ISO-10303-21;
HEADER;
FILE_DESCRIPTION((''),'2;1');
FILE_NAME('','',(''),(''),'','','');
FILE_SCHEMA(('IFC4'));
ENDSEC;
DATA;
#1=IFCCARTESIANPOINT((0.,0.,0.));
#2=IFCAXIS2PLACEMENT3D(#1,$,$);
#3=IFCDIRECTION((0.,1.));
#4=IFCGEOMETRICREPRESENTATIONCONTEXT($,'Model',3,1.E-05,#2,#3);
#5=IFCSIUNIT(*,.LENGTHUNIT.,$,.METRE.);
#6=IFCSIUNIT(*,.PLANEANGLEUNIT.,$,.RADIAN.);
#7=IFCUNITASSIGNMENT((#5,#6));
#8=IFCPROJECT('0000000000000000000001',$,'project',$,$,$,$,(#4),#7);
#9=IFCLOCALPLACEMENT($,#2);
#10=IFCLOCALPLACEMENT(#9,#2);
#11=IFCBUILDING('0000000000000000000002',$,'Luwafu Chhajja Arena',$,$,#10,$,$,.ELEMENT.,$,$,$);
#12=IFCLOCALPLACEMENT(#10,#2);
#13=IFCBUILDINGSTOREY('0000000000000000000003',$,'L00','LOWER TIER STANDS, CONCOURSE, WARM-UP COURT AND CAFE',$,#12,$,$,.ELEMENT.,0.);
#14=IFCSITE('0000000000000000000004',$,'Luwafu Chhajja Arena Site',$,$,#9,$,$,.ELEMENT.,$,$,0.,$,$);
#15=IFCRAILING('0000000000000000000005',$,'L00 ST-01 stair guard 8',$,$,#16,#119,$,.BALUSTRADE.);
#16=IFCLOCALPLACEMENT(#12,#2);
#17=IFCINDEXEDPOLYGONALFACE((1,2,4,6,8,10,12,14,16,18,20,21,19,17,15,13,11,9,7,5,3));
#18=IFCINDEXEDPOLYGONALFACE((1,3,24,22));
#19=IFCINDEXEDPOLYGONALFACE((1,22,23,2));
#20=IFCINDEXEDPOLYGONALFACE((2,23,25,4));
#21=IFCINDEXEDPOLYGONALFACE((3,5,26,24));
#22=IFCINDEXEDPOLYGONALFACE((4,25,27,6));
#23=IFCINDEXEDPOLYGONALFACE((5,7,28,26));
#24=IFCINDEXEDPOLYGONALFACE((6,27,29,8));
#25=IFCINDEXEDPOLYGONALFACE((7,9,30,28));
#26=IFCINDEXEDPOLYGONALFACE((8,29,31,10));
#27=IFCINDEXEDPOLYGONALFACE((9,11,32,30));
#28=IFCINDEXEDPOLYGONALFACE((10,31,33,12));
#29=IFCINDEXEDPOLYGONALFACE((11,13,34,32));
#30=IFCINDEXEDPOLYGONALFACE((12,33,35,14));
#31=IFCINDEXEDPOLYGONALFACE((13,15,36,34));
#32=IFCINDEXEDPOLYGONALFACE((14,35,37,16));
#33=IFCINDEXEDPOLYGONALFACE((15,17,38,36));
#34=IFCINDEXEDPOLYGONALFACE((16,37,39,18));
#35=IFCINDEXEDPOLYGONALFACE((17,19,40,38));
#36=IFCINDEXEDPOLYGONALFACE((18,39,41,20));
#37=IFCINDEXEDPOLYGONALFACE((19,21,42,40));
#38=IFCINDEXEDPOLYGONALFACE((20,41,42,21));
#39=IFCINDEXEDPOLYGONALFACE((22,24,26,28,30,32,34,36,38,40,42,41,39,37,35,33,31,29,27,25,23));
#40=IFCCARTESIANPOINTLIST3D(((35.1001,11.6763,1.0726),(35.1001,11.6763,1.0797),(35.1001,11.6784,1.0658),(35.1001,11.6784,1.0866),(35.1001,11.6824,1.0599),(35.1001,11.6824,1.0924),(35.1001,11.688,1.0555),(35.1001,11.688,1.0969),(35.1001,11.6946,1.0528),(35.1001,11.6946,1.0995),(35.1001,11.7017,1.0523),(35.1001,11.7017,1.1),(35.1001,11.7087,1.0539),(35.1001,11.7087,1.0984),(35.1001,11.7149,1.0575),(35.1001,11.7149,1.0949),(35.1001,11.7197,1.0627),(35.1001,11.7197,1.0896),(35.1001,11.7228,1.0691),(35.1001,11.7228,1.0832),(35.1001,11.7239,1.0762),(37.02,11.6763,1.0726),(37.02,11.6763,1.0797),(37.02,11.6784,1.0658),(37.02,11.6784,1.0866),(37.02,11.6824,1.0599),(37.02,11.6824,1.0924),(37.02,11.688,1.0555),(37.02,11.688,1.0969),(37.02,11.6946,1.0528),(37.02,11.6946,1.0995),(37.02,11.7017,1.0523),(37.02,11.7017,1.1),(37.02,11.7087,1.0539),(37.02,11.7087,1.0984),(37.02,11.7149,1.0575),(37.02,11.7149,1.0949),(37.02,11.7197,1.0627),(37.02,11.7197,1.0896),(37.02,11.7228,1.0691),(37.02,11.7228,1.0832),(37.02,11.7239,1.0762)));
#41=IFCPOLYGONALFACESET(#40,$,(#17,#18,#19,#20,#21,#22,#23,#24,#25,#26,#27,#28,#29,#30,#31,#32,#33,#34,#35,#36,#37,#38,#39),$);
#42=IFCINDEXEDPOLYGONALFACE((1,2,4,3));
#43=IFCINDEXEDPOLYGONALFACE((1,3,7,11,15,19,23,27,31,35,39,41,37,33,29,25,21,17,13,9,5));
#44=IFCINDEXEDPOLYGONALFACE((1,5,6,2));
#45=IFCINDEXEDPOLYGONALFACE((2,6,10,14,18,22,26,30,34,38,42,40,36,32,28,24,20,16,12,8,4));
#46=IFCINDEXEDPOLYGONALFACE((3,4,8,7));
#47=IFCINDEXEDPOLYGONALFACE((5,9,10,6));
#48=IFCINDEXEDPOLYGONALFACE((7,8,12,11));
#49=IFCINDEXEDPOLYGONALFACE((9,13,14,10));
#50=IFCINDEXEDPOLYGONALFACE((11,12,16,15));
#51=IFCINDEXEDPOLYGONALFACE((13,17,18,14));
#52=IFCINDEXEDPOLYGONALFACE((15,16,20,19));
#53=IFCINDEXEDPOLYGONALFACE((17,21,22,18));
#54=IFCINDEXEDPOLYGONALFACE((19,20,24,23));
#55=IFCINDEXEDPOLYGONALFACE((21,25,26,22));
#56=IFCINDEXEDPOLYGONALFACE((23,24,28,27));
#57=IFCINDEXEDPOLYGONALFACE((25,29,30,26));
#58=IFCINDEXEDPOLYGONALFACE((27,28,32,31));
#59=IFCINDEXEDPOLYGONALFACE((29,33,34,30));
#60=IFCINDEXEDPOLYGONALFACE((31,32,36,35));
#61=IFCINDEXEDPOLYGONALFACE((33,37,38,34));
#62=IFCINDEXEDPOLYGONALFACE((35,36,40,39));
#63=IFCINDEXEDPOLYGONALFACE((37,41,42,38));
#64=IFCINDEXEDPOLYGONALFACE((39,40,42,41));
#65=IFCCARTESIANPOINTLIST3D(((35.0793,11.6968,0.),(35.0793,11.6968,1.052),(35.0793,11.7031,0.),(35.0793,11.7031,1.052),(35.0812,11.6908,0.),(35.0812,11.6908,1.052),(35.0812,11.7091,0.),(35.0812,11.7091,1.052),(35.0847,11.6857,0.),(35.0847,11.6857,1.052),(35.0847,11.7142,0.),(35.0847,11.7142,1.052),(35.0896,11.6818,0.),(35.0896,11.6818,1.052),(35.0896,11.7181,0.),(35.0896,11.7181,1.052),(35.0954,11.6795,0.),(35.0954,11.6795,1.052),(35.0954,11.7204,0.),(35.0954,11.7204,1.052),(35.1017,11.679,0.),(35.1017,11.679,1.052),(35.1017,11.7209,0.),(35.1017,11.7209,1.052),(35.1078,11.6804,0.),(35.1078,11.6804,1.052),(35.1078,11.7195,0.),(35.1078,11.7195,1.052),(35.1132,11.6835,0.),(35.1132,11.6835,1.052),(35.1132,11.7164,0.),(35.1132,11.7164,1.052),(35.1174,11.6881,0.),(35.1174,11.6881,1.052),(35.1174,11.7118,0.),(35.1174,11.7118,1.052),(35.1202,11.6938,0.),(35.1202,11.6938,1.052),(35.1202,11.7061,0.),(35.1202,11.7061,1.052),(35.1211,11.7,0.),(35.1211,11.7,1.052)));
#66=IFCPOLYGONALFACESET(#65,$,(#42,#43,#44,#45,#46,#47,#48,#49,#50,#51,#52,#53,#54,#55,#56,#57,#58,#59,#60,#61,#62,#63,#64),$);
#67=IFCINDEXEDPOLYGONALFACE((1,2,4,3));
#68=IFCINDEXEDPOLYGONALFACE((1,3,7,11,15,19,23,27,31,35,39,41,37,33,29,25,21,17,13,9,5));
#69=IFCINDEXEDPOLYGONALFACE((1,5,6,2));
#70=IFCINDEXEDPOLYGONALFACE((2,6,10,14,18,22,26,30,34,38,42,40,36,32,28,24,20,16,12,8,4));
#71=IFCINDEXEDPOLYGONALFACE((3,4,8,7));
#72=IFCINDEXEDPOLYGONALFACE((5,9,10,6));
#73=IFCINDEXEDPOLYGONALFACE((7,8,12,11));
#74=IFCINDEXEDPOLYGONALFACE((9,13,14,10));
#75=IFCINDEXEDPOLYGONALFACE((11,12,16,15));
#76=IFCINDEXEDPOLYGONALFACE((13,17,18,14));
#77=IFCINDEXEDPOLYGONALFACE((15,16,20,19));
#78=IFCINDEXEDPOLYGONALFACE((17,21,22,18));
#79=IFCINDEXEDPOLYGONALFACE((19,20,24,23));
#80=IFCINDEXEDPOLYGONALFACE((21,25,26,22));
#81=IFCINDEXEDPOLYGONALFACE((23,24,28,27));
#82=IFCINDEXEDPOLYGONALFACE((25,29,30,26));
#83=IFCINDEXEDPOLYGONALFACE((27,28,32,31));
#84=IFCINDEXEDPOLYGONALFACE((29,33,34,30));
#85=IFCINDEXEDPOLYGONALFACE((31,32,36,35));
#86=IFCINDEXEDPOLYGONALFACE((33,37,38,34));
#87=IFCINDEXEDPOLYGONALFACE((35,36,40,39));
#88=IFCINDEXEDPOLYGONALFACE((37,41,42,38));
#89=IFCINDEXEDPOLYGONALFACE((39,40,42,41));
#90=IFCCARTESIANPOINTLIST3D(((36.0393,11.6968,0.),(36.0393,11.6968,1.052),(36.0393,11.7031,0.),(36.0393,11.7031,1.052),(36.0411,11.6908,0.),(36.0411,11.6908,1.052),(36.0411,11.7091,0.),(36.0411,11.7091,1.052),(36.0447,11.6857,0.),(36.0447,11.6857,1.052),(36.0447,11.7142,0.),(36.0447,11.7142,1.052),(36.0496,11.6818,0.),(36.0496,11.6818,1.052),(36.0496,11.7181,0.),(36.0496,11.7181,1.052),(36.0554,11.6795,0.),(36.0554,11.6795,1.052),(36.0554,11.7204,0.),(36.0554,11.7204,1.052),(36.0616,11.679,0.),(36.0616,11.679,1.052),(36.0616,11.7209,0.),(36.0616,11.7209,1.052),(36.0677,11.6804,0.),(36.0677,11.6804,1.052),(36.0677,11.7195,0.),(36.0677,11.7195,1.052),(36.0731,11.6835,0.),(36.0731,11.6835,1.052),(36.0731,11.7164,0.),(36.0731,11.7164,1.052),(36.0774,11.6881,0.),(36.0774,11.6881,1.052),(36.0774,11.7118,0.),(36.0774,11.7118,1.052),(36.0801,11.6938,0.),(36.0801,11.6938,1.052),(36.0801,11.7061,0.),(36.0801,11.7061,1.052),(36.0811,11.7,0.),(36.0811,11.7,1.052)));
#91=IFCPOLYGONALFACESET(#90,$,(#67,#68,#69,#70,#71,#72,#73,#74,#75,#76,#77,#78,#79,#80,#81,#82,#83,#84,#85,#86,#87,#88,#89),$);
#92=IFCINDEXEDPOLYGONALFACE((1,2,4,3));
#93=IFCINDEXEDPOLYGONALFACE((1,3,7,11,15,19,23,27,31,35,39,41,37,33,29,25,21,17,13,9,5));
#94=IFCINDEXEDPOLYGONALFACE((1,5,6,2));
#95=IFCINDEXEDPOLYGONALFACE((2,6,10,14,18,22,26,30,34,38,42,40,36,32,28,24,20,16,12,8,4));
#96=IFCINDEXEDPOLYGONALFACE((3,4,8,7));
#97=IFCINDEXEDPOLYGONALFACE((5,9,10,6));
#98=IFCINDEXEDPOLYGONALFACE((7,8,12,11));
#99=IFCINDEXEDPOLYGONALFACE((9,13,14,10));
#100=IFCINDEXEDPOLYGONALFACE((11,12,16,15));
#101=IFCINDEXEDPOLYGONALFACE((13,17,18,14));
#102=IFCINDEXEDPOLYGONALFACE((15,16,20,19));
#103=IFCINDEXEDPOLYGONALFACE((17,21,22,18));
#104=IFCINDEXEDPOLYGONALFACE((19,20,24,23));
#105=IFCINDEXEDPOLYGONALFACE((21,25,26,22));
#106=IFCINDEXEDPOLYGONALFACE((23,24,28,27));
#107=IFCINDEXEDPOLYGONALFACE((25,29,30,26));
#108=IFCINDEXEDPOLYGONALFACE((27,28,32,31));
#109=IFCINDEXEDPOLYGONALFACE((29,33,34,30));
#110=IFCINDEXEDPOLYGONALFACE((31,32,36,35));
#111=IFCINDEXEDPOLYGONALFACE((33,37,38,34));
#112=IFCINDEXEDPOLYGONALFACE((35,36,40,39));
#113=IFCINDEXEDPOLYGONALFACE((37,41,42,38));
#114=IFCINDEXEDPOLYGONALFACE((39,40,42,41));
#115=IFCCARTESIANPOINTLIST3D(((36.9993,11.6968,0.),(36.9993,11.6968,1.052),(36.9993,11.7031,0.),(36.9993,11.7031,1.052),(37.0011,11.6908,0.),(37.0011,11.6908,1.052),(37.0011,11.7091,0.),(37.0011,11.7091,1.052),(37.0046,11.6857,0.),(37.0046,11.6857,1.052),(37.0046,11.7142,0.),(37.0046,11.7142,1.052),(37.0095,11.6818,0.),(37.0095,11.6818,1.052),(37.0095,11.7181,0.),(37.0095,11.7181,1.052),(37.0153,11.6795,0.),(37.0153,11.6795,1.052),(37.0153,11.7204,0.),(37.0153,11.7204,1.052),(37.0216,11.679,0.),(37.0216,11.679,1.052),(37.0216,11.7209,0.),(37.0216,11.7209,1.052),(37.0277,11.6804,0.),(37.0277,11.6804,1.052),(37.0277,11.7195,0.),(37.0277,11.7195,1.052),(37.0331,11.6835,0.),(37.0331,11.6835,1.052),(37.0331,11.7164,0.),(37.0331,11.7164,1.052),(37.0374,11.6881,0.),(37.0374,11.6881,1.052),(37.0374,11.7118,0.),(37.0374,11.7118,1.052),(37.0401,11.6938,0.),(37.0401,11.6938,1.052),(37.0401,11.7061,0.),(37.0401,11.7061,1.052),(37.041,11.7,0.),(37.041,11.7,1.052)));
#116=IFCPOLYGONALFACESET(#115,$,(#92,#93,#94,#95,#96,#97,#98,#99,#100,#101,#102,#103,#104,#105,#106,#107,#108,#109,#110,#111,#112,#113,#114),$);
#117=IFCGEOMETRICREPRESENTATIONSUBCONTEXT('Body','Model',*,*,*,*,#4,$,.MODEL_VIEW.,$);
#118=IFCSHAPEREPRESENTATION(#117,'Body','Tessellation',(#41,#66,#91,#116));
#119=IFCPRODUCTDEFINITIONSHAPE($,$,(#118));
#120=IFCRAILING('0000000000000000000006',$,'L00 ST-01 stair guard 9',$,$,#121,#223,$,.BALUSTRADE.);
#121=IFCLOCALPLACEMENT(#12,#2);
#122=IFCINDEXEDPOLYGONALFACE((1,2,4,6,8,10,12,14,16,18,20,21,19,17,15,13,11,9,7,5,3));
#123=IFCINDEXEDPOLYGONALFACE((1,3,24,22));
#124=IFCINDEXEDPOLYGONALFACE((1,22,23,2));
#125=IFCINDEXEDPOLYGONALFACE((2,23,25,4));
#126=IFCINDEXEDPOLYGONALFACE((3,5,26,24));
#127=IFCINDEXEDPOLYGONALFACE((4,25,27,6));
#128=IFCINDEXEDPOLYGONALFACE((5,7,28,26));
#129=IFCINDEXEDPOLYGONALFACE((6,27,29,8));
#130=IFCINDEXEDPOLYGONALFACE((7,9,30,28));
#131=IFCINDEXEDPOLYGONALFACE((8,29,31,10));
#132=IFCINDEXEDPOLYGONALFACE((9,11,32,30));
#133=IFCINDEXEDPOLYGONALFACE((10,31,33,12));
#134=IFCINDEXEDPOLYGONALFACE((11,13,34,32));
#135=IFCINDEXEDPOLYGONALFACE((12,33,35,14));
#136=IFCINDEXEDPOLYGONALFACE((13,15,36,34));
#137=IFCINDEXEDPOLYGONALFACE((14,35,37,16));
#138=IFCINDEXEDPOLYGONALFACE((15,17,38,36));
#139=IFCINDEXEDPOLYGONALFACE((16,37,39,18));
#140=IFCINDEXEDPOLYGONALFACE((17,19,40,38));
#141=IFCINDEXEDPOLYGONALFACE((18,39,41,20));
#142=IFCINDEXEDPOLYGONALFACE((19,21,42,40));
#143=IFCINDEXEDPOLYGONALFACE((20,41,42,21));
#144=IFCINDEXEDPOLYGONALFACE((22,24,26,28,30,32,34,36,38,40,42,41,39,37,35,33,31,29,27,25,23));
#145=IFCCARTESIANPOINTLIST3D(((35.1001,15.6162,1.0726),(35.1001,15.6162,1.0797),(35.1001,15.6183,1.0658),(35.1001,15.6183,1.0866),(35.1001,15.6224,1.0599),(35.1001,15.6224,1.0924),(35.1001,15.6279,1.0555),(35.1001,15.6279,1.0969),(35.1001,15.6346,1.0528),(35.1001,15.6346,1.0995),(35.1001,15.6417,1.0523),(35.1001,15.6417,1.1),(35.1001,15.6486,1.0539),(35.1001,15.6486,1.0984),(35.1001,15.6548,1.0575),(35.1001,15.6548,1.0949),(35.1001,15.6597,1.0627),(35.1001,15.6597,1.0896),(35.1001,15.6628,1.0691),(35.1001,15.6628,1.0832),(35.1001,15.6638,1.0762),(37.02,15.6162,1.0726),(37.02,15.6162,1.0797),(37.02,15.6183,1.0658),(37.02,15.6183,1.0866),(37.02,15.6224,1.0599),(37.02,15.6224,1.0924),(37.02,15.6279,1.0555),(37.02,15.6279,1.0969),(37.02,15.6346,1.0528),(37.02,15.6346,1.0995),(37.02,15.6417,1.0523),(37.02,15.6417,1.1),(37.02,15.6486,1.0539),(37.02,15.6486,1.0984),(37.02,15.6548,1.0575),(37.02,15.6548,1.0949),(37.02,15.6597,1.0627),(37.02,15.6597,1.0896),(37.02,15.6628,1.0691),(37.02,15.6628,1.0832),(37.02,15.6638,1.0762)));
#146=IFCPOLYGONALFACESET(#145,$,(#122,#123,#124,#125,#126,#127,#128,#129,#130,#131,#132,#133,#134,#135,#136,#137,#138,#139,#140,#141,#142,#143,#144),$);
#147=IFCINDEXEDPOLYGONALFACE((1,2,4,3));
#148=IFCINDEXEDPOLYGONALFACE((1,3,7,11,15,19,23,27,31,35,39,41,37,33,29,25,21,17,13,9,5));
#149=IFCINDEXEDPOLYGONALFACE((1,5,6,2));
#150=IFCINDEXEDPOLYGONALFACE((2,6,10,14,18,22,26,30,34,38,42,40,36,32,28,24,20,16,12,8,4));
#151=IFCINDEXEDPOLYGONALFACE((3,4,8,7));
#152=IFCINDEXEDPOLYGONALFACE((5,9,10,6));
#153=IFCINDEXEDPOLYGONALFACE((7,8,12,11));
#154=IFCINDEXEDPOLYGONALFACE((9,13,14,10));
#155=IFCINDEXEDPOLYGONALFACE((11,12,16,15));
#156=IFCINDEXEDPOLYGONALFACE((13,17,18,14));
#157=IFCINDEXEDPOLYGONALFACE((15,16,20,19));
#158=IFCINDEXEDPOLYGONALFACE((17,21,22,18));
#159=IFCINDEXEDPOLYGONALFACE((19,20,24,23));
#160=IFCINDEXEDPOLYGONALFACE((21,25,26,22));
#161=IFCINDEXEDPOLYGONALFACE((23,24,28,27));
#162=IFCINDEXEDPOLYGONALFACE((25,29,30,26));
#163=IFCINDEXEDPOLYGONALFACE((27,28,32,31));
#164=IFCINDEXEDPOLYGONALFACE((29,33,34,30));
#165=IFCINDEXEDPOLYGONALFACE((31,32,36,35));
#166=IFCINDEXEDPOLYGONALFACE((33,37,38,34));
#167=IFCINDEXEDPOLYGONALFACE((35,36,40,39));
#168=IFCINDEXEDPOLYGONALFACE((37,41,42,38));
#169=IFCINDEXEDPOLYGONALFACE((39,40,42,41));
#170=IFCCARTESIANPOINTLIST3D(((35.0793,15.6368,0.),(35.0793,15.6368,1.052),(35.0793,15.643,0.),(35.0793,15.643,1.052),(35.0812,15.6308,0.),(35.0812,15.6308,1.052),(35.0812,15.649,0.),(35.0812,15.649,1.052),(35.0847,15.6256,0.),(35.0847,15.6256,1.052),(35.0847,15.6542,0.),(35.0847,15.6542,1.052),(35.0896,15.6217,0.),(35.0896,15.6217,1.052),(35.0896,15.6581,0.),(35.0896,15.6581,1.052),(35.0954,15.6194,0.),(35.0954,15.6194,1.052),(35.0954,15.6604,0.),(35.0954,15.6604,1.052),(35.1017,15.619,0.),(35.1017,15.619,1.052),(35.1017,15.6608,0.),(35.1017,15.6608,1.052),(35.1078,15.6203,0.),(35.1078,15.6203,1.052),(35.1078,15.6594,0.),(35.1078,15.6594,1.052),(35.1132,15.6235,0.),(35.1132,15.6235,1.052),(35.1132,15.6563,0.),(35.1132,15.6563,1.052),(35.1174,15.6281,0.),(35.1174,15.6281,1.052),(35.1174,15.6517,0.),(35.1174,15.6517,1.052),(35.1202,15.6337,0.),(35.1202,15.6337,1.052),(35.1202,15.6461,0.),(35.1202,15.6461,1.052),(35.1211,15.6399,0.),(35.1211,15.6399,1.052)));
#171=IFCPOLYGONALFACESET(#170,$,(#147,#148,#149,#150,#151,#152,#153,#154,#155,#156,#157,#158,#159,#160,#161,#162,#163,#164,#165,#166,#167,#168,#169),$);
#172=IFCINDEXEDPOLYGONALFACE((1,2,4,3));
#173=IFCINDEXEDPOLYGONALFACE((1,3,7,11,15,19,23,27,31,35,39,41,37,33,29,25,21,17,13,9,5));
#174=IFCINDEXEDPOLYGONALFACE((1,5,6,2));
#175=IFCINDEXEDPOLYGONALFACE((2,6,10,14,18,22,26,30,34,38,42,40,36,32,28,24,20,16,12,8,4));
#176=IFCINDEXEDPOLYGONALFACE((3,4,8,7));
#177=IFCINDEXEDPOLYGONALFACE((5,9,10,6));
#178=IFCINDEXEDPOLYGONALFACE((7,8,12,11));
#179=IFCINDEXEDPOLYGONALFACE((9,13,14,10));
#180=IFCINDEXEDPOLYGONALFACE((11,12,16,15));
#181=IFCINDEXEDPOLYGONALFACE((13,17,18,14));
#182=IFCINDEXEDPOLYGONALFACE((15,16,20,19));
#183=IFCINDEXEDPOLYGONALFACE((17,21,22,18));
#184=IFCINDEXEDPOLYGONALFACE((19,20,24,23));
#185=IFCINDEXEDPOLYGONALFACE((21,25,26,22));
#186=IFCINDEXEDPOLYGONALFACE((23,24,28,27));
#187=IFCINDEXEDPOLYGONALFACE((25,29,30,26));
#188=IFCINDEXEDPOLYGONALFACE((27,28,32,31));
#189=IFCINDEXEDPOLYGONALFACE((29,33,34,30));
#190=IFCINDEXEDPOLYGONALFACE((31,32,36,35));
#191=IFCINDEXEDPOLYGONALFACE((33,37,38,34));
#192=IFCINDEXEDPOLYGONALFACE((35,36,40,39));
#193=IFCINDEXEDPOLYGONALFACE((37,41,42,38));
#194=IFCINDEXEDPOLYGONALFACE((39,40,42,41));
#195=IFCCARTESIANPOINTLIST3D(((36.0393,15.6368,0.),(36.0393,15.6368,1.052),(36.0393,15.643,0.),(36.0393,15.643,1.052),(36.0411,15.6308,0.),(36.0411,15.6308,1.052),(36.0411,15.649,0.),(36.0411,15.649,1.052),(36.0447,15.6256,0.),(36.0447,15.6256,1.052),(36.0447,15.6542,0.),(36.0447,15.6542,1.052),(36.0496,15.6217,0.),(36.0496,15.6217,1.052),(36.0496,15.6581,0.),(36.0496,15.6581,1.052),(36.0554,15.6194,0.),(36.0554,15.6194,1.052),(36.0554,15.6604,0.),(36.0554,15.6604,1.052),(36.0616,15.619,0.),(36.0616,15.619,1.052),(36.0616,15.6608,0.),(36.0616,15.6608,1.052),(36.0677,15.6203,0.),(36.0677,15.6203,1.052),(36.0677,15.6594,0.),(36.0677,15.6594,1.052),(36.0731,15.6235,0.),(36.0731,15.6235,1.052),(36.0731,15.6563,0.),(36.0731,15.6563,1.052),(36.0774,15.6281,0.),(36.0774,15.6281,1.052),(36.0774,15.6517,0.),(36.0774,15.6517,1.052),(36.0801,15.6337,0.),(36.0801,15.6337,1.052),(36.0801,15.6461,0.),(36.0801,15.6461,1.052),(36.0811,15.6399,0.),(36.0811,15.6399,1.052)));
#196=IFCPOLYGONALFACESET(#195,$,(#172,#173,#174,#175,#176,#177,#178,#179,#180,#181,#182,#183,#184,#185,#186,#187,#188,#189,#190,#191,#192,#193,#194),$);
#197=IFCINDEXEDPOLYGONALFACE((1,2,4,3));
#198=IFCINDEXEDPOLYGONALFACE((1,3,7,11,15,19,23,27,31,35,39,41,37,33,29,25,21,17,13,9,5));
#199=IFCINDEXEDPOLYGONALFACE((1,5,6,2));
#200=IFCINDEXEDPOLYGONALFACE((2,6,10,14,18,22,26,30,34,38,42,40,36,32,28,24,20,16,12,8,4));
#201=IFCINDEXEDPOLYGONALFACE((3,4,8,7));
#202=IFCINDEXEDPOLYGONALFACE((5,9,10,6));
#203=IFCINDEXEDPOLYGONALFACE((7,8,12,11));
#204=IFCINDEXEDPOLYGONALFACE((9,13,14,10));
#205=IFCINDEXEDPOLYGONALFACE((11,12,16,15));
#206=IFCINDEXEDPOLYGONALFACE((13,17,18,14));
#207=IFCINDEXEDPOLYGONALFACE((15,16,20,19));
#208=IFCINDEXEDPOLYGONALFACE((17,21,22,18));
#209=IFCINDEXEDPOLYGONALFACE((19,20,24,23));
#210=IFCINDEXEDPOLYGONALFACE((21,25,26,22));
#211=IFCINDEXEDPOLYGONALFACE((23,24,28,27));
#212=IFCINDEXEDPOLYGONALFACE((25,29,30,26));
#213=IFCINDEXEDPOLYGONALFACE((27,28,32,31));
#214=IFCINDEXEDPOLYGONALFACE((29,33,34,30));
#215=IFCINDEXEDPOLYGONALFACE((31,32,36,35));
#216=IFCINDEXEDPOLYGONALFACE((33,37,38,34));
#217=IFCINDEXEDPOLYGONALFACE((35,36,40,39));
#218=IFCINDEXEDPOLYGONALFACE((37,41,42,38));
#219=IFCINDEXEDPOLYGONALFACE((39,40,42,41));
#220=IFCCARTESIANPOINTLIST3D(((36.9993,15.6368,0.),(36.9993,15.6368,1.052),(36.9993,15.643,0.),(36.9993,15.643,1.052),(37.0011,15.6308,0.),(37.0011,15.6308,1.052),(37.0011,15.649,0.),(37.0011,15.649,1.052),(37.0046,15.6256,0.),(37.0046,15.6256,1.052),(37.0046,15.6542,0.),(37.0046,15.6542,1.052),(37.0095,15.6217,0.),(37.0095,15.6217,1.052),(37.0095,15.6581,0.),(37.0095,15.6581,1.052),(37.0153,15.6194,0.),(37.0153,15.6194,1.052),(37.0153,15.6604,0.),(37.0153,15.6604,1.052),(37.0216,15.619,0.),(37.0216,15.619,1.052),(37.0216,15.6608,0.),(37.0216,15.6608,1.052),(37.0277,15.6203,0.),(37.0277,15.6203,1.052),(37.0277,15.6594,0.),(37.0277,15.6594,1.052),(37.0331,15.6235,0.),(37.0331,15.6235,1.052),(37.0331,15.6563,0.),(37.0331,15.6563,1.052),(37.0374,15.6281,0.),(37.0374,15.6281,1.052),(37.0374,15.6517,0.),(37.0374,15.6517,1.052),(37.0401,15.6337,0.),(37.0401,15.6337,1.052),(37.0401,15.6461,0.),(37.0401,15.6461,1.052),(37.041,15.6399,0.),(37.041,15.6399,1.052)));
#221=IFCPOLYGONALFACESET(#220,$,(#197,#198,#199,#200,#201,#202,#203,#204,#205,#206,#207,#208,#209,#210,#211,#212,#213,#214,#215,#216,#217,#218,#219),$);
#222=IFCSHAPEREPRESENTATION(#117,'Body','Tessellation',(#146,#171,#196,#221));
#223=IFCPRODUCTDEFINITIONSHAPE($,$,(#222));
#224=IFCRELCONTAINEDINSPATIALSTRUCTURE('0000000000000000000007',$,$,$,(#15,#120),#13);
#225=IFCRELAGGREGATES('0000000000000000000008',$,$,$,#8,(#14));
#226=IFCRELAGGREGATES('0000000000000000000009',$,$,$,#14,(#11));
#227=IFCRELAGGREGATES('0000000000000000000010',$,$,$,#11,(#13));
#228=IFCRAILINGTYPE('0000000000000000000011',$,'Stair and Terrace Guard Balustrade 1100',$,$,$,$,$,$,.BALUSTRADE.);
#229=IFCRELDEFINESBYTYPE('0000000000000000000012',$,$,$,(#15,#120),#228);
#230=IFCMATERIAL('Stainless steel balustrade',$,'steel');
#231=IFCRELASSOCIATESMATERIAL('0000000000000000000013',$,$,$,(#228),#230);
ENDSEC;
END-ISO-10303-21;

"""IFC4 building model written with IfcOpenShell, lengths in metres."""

from ifc_helpers import new_model, si_unit, direction, frame, origin, origin_2d, place, context, subcontext, project, spatial, circle, extrude, material, type_object, element, save


model = new_model("IFC4")

# Units and contexts
model_context = context("Model", 3, precision=1e-05, world=origin(), true_north=direction((0.0, 1.0)))
body_context = subcontext(model_context, "Body", "Model", "MODEL_VIEW")
ifc_project = project(units=[si_unit("LENGTHUNIT", "METRE"), si_unit("PLANEANGLEUNIT", "RADIAN")], contexts=[model_context])

# Site, building, storey
site_placement = place(None, origin())
site = spatial("IfcSite", under=ifc_project, at=site_placement, Name="Luwafu Chhajja Arena Site", CompositionType="ELEMENT", RefElevation=0.0)
building_placement = place(site_placement, origin())
building = spatial("IfcBuilding", under=site, at=building_placement, Name="Luwafu Chhajja Arena", CompositionType="ELEMENT")
storey_placement = place(building_placement, origin())
storey = spatial("IfcBuildingStorey", under=building, at=storey_placement, Name="L00", Description="LOWER TIER STANDS, CONCOURSE, WARM-UP COURT AND CAFE", CompositionType="ELEMENT", Elevation=0.0)

# Railings
ifc_material_1 = material(Name="Stainless steel balustrade", Category="steel")
railing_type_1 = type_object("IfcRailingType", Name="Stair and Terrace Guard Balustrade 1100", PredefinedType="BALUSTRADE", material=ifc_material_1)
for number, where, name in (
    (1, (35.1001, 11.7, 0.0), "L00 ST-01 stair guard 8"),
    (2, (35.1001, 15.6399, 0.0), "L00 ST-01 stair guard 9"),
):
    element("IfcRailing", number, at=place(storey_placement, frame(where)), inside=storey, type_object=railing_type_1, Name=name, PredefinedType="BALUSTRADE", context=body_context, shape_type="SweptSolid", body=[
        extrude(circle(Radius=0.0239, at=origin_2d()), frame((0.0, 0.0, 1.0762), z_axis=(1.0, 0.0, 0.0), x_axis=(0.0, 1.0, 0.0)), (0.0, 0.0, 1.0), 1.9199),
        extrude(circle(Radius=0.021, at=origin_2d()), origin(), (0.0, 0.0, 1.0), 1.052),
        extrude(circle(Radius=0.021, at=origin_2d()), frame((0.96, 0.0, 0.0)), (0.0, 0.0, 1.0), 1.052),
        extrude(circle(Radius=0.021, at=origin_2d()), frame((1.9199, 0.0, 0.0)), (0.0, 0.0, 1.0), 1.052),
    ])

save(model, "model.ifc")
